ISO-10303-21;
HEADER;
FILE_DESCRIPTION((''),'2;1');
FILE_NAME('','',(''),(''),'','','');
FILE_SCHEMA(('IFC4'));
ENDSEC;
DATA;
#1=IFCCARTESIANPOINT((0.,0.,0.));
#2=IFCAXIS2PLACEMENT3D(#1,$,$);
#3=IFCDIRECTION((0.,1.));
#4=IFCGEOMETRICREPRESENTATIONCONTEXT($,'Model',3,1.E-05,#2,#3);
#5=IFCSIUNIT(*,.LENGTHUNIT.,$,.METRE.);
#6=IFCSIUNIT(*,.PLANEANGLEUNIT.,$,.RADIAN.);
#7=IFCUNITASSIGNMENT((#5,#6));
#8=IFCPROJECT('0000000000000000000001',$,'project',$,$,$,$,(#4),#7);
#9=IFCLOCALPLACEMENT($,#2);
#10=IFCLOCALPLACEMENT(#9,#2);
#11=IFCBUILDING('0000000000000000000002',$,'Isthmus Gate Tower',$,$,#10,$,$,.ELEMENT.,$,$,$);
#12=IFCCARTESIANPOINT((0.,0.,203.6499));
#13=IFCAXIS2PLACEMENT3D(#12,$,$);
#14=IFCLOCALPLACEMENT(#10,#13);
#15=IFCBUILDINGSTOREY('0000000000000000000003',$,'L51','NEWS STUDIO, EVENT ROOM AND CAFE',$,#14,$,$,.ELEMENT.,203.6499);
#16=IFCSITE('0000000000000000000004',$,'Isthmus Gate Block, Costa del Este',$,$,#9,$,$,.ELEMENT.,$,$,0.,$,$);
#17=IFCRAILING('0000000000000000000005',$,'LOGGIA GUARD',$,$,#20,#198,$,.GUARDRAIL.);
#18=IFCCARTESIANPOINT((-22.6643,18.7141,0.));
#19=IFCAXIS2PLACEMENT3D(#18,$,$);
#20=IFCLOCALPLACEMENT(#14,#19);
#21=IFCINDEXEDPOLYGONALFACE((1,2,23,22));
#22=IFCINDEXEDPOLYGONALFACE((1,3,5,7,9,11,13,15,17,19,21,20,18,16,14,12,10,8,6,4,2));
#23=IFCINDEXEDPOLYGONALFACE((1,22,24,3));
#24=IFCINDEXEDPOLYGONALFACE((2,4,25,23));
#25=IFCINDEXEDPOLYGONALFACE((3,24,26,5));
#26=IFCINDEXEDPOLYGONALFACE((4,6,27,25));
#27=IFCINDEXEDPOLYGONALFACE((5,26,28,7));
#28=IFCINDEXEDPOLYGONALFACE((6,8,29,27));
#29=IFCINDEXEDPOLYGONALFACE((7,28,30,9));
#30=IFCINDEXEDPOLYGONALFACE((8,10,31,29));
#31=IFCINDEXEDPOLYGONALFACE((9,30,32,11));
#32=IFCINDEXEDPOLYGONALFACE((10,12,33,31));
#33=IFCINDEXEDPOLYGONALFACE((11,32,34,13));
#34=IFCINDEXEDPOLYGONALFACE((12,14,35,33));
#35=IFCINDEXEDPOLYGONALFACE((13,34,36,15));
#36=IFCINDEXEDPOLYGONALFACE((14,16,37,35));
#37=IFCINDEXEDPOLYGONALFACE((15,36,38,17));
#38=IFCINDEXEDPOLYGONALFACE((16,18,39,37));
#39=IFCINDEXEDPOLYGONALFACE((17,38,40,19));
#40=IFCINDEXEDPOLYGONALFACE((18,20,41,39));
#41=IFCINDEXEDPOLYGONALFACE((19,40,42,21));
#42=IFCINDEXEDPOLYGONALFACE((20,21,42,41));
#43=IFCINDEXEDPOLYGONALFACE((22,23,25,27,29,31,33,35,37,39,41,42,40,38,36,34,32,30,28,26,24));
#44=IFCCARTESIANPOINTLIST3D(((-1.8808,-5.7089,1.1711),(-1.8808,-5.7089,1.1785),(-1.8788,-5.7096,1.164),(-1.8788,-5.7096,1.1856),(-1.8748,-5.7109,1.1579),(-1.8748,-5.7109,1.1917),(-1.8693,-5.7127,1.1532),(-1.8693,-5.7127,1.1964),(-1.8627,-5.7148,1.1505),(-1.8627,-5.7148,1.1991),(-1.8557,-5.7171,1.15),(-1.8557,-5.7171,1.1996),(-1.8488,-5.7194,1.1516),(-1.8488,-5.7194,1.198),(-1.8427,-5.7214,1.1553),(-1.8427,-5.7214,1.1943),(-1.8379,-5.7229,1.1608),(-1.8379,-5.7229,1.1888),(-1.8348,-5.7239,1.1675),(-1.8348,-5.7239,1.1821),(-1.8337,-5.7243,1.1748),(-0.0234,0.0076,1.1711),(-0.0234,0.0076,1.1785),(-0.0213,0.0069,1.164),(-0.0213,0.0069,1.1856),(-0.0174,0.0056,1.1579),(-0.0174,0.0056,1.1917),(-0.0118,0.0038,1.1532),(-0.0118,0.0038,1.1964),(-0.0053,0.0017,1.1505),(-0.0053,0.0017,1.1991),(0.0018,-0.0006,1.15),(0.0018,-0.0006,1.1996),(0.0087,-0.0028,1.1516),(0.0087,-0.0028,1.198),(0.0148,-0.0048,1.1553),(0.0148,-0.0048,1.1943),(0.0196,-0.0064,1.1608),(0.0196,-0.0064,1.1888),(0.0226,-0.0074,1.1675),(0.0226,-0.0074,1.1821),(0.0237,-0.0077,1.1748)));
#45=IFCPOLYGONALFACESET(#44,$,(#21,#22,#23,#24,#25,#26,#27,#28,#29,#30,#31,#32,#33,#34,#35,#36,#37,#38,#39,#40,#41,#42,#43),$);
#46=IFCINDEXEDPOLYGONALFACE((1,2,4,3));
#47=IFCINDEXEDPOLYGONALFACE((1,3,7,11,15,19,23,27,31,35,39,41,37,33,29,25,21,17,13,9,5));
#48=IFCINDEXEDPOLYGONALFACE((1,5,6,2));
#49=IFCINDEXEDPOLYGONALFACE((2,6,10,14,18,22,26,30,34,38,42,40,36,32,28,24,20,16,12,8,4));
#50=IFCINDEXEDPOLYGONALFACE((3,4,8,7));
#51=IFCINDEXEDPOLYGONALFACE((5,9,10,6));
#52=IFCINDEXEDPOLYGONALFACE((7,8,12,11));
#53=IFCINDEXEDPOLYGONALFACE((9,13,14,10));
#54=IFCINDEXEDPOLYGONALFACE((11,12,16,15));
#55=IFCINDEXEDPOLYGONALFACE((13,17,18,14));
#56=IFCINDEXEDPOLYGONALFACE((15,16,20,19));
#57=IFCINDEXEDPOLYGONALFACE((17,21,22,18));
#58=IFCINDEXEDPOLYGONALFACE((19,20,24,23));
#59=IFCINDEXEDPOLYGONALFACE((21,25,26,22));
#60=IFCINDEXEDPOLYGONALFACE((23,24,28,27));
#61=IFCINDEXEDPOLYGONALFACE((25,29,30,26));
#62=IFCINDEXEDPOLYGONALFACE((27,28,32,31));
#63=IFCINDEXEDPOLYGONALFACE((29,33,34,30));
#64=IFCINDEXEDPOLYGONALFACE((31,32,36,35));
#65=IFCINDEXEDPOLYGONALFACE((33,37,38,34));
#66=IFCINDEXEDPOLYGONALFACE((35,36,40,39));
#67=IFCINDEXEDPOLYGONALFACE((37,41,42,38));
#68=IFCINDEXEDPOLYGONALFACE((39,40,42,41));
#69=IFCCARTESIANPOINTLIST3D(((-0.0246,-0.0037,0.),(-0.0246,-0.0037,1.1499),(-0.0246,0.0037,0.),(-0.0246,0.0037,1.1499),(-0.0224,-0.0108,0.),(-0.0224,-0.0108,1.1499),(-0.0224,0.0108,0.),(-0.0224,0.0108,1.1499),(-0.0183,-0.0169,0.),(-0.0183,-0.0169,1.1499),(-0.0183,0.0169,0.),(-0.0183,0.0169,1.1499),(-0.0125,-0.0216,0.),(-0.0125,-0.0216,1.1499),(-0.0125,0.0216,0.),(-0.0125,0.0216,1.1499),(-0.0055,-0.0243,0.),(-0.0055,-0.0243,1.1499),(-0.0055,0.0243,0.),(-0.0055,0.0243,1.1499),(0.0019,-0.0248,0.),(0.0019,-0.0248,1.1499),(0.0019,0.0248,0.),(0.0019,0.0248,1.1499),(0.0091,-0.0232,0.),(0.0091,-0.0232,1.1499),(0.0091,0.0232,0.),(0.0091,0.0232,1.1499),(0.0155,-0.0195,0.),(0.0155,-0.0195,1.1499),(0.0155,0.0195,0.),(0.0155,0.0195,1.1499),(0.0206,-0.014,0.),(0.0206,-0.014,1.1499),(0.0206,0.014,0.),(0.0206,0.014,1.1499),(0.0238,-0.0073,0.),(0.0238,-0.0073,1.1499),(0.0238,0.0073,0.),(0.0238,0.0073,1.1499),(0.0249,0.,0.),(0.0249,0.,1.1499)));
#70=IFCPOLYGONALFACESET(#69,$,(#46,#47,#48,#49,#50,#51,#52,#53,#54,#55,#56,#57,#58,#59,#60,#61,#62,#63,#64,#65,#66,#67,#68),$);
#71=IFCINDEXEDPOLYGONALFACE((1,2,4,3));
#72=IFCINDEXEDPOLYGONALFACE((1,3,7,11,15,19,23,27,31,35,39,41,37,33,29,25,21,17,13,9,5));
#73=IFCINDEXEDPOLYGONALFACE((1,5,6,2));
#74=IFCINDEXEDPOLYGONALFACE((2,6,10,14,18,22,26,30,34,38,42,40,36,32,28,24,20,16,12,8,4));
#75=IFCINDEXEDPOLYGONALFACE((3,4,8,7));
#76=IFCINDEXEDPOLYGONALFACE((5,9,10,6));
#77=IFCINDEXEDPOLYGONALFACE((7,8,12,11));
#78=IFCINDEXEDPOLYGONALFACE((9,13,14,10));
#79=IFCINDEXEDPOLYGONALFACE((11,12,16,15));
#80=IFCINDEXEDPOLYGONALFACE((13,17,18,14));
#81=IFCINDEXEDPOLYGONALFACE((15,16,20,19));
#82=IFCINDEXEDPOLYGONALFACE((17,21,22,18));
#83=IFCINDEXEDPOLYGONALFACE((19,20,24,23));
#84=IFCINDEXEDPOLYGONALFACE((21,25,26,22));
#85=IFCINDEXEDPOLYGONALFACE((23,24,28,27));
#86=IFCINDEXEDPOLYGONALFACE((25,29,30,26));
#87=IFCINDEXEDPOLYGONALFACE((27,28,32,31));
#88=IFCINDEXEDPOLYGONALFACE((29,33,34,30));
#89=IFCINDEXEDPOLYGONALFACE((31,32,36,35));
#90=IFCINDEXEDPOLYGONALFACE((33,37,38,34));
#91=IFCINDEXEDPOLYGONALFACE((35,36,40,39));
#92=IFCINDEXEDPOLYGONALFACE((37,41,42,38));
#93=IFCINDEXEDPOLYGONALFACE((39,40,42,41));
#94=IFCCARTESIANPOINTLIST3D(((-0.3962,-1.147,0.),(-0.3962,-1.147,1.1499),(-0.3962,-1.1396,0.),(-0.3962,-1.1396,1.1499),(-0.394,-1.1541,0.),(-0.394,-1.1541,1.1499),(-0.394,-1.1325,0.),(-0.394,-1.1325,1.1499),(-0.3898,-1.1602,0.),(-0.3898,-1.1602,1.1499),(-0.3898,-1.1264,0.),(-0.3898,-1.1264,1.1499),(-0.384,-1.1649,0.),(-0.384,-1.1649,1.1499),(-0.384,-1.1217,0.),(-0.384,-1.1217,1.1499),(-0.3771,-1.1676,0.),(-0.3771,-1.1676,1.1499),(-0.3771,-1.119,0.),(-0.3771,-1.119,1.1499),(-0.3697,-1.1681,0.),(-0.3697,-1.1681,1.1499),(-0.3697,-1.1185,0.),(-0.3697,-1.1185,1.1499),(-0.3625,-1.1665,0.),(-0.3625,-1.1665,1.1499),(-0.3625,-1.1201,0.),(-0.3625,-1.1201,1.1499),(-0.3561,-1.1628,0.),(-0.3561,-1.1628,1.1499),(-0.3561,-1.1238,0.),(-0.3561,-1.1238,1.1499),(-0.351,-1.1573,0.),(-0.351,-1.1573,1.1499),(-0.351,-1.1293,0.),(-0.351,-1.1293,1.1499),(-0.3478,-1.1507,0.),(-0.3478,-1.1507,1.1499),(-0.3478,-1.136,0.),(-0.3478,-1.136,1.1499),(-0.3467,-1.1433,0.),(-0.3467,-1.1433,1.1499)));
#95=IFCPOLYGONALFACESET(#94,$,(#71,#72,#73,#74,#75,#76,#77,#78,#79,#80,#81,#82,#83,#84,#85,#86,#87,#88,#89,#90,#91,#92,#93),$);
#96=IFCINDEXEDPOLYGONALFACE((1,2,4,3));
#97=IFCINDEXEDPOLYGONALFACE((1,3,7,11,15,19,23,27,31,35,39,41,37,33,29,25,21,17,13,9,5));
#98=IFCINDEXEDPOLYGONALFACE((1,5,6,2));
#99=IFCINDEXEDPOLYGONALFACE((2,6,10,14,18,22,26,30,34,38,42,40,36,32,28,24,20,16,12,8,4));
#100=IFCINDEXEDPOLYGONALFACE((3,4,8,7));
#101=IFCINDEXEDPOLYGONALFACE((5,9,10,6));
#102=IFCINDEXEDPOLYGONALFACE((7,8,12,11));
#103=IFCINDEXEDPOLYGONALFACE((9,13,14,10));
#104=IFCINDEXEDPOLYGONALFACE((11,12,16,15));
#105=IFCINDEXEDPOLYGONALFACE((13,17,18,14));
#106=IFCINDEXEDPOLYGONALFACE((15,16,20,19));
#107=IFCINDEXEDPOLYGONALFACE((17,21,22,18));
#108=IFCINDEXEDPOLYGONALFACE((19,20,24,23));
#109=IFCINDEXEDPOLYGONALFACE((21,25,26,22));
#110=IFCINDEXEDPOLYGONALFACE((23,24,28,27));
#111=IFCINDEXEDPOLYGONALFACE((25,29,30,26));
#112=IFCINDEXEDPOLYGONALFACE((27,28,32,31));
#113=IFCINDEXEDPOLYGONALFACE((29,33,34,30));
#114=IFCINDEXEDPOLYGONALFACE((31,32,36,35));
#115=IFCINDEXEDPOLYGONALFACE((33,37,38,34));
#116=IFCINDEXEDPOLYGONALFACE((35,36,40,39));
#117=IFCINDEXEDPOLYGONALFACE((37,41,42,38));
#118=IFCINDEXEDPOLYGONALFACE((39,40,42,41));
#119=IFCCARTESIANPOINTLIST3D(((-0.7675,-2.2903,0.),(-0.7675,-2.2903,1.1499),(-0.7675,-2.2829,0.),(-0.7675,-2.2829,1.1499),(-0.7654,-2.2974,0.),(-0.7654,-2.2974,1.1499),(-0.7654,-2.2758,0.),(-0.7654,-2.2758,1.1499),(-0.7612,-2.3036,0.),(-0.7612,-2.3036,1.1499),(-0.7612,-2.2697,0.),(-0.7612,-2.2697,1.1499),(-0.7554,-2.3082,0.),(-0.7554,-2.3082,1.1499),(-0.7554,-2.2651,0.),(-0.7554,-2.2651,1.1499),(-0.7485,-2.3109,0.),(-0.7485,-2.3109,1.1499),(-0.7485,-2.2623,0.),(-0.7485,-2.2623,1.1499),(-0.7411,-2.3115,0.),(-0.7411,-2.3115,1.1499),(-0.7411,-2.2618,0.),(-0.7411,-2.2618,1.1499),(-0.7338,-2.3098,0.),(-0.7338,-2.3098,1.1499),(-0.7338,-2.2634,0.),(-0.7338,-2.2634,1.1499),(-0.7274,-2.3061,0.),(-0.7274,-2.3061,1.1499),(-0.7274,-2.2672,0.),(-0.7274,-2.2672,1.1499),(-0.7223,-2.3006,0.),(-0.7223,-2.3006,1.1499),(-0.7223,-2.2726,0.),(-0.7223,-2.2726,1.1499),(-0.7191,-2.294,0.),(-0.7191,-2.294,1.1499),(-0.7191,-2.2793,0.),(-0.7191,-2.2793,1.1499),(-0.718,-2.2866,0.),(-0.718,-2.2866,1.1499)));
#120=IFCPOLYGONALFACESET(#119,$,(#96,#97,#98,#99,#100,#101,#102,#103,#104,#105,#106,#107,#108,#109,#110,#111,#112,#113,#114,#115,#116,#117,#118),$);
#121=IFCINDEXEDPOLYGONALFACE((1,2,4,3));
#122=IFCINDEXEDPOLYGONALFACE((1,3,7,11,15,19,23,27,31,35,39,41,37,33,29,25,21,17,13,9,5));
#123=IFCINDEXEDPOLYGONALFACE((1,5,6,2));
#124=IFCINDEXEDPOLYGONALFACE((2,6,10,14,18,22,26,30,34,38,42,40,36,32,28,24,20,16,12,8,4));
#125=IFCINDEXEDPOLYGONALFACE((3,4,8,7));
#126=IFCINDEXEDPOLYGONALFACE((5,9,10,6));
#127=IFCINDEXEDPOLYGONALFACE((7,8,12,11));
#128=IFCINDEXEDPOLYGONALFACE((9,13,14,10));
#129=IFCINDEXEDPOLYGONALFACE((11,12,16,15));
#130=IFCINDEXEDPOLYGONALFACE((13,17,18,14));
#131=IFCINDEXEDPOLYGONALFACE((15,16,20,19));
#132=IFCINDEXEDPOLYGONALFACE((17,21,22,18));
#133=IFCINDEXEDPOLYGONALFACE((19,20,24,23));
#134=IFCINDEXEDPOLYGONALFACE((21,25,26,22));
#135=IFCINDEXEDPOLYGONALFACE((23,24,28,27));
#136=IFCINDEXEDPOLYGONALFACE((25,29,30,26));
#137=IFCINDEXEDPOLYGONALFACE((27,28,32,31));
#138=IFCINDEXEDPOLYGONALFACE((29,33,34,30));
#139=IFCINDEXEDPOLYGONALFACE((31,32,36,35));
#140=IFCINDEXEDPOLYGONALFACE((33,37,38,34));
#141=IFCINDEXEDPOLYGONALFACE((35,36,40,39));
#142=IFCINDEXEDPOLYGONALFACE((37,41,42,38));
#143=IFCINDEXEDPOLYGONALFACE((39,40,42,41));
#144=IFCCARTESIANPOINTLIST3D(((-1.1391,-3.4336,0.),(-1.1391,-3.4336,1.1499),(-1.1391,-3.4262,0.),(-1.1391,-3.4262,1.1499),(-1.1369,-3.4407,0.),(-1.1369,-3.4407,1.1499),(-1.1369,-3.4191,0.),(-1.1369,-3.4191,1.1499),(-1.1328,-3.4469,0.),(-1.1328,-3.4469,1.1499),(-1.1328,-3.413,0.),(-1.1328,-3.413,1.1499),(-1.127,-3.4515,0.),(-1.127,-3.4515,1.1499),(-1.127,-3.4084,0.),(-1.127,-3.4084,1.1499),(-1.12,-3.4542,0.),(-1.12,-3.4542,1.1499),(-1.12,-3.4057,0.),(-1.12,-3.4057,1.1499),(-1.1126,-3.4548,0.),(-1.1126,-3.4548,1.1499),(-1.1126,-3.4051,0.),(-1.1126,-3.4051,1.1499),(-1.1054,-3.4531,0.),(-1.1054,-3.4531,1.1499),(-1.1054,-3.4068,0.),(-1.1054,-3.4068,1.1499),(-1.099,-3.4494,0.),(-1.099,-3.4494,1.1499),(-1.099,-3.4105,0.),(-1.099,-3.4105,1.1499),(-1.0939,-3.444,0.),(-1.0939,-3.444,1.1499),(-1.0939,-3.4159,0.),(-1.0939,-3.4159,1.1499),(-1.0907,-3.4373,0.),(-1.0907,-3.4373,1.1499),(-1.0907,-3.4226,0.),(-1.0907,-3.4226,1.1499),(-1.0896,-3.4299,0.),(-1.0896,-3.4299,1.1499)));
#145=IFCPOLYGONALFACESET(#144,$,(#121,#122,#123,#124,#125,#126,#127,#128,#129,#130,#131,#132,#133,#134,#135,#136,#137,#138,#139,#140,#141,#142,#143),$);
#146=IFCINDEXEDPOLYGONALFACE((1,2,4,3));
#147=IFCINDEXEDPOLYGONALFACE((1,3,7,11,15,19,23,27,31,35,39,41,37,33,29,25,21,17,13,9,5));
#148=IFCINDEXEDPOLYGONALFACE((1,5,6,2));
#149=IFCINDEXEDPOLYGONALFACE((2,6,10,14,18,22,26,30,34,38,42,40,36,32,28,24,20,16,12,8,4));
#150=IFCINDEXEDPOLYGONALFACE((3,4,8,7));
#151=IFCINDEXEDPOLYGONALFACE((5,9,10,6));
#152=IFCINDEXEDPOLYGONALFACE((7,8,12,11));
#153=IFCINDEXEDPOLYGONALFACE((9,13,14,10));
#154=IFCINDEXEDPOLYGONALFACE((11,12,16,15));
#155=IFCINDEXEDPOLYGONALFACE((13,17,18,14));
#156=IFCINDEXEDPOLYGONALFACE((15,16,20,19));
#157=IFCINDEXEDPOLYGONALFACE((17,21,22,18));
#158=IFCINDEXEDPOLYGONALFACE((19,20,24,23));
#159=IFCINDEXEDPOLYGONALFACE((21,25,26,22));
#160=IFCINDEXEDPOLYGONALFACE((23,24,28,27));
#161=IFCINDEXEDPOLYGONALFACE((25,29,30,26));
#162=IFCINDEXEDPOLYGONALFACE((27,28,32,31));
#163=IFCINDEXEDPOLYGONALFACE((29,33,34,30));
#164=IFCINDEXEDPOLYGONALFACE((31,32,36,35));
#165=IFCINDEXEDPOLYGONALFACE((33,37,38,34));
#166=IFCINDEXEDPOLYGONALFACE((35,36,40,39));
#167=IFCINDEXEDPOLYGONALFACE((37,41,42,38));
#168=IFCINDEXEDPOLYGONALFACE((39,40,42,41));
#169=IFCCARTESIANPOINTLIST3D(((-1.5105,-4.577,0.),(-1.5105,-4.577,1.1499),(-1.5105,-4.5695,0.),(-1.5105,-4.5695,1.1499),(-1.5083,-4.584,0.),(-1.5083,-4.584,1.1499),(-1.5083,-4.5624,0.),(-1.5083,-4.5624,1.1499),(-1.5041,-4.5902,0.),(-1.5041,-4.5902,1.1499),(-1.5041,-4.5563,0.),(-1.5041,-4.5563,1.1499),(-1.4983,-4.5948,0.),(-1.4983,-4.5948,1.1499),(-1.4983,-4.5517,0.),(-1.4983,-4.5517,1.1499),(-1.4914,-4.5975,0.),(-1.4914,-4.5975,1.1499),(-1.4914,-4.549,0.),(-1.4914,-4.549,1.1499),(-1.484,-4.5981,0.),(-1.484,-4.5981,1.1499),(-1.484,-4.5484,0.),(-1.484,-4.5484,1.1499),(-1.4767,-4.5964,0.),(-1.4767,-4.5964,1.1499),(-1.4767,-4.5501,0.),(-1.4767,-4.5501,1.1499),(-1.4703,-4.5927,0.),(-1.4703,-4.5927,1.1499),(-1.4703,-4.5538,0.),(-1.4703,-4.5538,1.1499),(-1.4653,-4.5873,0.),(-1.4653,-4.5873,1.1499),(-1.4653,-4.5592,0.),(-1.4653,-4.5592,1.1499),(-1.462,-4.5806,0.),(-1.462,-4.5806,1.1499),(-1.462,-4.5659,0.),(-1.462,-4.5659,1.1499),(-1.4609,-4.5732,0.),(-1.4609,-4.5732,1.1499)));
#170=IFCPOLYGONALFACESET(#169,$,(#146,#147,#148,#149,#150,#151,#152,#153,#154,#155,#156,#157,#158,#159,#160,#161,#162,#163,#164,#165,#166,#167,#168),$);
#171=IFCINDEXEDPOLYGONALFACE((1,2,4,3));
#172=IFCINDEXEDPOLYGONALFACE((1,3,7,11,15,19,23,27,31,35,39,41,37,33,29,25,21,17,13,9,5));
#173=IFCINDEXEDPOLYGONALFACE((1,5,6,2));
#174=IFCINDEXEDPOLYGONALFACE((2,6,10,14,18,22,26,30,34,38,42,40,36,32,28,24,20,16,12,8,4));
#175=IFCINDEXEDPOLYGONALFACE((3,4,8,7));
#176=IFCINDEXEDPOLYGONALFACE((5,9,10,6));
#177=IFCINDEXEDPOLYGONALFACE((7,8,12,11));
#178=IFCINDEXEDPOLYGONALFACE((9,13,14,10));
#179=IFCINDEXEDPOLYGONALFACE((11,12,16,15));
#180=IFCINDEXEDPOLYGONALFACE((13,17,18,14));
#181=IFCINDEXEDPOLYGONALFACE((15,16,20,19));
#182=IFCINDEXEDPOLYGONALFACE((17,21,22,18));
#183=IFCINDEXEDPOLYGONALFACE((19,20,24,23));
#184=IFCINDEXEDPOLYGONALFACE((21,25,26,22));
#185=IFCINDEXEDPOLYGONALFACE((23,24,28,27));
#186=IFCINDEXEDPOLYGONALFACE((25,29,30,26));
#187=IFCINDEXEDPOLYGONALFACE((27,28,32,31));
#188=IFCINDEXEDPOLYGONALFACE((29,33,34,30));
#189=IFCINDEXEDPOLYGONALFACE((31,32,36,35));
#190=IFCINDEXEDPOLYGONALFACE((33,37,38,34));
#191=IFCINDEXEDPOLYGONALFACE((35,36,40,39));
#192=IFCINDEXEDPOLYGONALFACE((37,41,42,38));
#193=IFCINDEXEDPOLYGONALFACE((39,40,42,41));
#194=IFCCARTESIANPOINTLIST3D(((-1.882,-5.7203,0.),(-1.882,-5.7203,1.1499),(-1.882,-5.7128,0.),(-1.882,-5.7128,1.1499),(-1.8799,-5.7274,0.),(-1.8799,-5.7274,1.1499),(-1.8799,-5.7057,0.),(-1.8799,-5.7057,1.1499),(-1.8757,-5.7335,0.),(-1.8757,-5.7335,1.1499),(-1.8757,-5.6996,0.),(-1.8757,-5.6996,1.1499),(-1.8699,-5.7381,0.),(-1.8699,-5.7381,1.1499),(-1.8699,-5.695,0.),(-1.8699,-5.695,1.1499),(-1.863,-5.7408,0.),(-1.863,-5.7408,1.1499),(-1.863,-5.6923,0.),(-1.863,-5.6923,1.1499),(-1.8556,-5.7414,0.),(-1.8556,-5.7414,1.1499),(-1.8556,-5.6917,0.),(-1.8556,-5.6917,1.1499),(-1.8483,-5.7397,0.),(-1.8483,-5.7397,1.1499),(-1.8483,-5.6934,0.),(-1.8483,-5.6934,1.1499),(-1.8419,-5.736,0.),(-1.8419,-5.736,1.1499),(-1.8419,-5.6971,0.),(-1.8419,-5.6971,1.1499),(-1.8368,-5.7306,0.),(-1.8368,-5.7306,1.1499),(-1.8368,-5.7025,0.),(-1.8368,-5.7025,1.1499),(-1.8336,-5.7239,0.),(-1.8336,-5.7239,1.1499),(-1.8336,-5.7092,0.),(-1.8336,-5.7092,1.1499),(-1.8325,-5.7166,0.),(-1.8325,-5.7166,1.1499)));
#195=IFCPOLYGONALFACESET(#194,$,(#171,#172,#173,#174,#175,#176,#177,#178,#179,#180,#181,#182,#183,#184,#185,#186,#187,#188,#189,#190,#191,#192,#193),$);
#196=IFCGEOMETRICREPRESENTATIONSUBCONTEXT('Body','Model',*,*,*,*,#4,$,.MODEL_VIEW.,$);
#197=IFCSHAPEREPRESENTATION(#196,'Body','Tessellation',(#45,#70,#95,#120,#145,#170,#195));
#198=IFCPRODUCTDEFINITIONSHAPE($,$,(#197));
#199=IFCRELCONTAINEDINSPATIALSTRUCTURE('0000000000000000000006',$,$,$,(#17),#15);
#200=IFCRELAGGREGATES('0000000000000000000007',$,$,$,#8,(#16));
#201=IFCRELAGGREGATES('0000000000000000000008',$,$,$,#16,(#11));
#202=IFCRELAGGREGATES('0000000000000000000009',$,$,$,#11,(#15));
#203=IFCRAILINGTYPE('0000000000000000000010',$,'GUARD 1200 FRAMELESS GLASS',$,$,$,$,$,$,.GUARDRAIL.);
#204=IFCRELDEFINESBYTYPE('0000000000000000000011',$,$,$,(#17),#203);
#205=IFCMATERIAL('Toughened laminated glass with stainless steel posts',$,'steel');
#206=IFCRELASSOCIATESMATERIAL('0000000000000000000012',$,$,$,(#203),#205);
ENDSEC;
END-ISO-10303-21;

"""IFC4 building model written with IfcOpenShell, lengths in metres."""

from ifc_helpers import new_model, si_unit, direction, frame, origin, origin_2d, place, context, subcontext, project, spatial, circle, extrude, material, type_object, element, save


model = new_model("IFC4")

# Units and contexts
model_context = context("Model", 3, precision=1e-05, world=origin(), true_north=direction((0.0, 1.0)))
body_context = subcontext(model_context, "Body", "Model", "MODEL_VIEW")
ifc_project = project(units=[si_unit("LENGTHUNIT", "METRE"), si_unit("PLANEANGLEUNIT", "RADIAN")], contexts=[model_context])

# Site, building, storey
site_placement = place(None, origin())
site = spatial("IfcSite", under=ifc_project, at=site_placement, Name="Isthmus Gate Block, Costa del Este", CompositionType="ELEMENT", RefElevation=0.0)
building_placement = place(site_placement, origin())
building = spatial("IfcBuilding", under=site, at=building_placement, Name="Isthmus Gate Tower", CompositionType="ELEMENT")
storey_placement = place(building_placement, frame((0.0, 0.0, 203.6499)))
storey = spatial("IfcBuildingStorey", under=building, at=storey_placement, Name="L51", Description="NEWS STUDIO, EVENT ROOM AND CAFE", CompositionType="ELEMENT", Elevation=203.6499)

# Railing
ifc_material_1 = material(Name="Toughened laminated glass with stainless steel posts", Category="steel")
railing_type = type_object("IfcRailingType", Name="GUARD 1200 FRAMELESS GLASS", PredefinedType="GUARDRAIL", material=ifc_material_1)
railing_placement = place(storey_placement, frame((-22.6643, 18.7141, 0.0)))
element("IfcRailing", 1, at=railing_placement, inside=storey, type_object=railing_type, Name="LOGGIA GUARD", PredefinedType="GUARDRAIL", context=body_context, shape_type="SweptSolid", body=[
    extrude(circle(Radius=0.0249, at=origin_2d()), frame((0.0, 0.0, 1.1748), z_axis=(-0.309017, -0.951056, 0.0), x_axis=(0.951056, -0.309017, 0.0)), (0.0, 0.0, 1.0), 6.0107),
    extrude(circle(Radius=0.0249, at=origin_2d()), origin(), (0.0, 0.0, 1.0), 1.1499),
    extrude(circle(Radius=0.0249, at=origin_2d()), frame((-0.3716, -1.1433, 0.0)), (0.0, 0.0, 1.0), 1.1499),
    extrude(circle(Radius=0.0249, at=origin_2d()), frame((-0.7429, -2.2866, 0.0)), (0.0, 0.0, 1.0), 1.1499),
    extrude(circle(Radius=0.0249, at=origin_2d()), frame((-1.1145, -3.4299, 0.0)), (0.0, 0.0, 1.0), 1.1499),
    extrude(circle(Radius=0.0249, at=origin_2d()), frame((-1.4858, -4.5732, 0.0)), (0.0, 0.0, 1.0), 1.1499),
    extrude(circle(Radius=0.0249, at=origin_2d()), frame((-1.8574, -5.7166, 0.0)), (0.0, 0.0, 1.0), 1.1499),
])

save(model, "model.ifc")
